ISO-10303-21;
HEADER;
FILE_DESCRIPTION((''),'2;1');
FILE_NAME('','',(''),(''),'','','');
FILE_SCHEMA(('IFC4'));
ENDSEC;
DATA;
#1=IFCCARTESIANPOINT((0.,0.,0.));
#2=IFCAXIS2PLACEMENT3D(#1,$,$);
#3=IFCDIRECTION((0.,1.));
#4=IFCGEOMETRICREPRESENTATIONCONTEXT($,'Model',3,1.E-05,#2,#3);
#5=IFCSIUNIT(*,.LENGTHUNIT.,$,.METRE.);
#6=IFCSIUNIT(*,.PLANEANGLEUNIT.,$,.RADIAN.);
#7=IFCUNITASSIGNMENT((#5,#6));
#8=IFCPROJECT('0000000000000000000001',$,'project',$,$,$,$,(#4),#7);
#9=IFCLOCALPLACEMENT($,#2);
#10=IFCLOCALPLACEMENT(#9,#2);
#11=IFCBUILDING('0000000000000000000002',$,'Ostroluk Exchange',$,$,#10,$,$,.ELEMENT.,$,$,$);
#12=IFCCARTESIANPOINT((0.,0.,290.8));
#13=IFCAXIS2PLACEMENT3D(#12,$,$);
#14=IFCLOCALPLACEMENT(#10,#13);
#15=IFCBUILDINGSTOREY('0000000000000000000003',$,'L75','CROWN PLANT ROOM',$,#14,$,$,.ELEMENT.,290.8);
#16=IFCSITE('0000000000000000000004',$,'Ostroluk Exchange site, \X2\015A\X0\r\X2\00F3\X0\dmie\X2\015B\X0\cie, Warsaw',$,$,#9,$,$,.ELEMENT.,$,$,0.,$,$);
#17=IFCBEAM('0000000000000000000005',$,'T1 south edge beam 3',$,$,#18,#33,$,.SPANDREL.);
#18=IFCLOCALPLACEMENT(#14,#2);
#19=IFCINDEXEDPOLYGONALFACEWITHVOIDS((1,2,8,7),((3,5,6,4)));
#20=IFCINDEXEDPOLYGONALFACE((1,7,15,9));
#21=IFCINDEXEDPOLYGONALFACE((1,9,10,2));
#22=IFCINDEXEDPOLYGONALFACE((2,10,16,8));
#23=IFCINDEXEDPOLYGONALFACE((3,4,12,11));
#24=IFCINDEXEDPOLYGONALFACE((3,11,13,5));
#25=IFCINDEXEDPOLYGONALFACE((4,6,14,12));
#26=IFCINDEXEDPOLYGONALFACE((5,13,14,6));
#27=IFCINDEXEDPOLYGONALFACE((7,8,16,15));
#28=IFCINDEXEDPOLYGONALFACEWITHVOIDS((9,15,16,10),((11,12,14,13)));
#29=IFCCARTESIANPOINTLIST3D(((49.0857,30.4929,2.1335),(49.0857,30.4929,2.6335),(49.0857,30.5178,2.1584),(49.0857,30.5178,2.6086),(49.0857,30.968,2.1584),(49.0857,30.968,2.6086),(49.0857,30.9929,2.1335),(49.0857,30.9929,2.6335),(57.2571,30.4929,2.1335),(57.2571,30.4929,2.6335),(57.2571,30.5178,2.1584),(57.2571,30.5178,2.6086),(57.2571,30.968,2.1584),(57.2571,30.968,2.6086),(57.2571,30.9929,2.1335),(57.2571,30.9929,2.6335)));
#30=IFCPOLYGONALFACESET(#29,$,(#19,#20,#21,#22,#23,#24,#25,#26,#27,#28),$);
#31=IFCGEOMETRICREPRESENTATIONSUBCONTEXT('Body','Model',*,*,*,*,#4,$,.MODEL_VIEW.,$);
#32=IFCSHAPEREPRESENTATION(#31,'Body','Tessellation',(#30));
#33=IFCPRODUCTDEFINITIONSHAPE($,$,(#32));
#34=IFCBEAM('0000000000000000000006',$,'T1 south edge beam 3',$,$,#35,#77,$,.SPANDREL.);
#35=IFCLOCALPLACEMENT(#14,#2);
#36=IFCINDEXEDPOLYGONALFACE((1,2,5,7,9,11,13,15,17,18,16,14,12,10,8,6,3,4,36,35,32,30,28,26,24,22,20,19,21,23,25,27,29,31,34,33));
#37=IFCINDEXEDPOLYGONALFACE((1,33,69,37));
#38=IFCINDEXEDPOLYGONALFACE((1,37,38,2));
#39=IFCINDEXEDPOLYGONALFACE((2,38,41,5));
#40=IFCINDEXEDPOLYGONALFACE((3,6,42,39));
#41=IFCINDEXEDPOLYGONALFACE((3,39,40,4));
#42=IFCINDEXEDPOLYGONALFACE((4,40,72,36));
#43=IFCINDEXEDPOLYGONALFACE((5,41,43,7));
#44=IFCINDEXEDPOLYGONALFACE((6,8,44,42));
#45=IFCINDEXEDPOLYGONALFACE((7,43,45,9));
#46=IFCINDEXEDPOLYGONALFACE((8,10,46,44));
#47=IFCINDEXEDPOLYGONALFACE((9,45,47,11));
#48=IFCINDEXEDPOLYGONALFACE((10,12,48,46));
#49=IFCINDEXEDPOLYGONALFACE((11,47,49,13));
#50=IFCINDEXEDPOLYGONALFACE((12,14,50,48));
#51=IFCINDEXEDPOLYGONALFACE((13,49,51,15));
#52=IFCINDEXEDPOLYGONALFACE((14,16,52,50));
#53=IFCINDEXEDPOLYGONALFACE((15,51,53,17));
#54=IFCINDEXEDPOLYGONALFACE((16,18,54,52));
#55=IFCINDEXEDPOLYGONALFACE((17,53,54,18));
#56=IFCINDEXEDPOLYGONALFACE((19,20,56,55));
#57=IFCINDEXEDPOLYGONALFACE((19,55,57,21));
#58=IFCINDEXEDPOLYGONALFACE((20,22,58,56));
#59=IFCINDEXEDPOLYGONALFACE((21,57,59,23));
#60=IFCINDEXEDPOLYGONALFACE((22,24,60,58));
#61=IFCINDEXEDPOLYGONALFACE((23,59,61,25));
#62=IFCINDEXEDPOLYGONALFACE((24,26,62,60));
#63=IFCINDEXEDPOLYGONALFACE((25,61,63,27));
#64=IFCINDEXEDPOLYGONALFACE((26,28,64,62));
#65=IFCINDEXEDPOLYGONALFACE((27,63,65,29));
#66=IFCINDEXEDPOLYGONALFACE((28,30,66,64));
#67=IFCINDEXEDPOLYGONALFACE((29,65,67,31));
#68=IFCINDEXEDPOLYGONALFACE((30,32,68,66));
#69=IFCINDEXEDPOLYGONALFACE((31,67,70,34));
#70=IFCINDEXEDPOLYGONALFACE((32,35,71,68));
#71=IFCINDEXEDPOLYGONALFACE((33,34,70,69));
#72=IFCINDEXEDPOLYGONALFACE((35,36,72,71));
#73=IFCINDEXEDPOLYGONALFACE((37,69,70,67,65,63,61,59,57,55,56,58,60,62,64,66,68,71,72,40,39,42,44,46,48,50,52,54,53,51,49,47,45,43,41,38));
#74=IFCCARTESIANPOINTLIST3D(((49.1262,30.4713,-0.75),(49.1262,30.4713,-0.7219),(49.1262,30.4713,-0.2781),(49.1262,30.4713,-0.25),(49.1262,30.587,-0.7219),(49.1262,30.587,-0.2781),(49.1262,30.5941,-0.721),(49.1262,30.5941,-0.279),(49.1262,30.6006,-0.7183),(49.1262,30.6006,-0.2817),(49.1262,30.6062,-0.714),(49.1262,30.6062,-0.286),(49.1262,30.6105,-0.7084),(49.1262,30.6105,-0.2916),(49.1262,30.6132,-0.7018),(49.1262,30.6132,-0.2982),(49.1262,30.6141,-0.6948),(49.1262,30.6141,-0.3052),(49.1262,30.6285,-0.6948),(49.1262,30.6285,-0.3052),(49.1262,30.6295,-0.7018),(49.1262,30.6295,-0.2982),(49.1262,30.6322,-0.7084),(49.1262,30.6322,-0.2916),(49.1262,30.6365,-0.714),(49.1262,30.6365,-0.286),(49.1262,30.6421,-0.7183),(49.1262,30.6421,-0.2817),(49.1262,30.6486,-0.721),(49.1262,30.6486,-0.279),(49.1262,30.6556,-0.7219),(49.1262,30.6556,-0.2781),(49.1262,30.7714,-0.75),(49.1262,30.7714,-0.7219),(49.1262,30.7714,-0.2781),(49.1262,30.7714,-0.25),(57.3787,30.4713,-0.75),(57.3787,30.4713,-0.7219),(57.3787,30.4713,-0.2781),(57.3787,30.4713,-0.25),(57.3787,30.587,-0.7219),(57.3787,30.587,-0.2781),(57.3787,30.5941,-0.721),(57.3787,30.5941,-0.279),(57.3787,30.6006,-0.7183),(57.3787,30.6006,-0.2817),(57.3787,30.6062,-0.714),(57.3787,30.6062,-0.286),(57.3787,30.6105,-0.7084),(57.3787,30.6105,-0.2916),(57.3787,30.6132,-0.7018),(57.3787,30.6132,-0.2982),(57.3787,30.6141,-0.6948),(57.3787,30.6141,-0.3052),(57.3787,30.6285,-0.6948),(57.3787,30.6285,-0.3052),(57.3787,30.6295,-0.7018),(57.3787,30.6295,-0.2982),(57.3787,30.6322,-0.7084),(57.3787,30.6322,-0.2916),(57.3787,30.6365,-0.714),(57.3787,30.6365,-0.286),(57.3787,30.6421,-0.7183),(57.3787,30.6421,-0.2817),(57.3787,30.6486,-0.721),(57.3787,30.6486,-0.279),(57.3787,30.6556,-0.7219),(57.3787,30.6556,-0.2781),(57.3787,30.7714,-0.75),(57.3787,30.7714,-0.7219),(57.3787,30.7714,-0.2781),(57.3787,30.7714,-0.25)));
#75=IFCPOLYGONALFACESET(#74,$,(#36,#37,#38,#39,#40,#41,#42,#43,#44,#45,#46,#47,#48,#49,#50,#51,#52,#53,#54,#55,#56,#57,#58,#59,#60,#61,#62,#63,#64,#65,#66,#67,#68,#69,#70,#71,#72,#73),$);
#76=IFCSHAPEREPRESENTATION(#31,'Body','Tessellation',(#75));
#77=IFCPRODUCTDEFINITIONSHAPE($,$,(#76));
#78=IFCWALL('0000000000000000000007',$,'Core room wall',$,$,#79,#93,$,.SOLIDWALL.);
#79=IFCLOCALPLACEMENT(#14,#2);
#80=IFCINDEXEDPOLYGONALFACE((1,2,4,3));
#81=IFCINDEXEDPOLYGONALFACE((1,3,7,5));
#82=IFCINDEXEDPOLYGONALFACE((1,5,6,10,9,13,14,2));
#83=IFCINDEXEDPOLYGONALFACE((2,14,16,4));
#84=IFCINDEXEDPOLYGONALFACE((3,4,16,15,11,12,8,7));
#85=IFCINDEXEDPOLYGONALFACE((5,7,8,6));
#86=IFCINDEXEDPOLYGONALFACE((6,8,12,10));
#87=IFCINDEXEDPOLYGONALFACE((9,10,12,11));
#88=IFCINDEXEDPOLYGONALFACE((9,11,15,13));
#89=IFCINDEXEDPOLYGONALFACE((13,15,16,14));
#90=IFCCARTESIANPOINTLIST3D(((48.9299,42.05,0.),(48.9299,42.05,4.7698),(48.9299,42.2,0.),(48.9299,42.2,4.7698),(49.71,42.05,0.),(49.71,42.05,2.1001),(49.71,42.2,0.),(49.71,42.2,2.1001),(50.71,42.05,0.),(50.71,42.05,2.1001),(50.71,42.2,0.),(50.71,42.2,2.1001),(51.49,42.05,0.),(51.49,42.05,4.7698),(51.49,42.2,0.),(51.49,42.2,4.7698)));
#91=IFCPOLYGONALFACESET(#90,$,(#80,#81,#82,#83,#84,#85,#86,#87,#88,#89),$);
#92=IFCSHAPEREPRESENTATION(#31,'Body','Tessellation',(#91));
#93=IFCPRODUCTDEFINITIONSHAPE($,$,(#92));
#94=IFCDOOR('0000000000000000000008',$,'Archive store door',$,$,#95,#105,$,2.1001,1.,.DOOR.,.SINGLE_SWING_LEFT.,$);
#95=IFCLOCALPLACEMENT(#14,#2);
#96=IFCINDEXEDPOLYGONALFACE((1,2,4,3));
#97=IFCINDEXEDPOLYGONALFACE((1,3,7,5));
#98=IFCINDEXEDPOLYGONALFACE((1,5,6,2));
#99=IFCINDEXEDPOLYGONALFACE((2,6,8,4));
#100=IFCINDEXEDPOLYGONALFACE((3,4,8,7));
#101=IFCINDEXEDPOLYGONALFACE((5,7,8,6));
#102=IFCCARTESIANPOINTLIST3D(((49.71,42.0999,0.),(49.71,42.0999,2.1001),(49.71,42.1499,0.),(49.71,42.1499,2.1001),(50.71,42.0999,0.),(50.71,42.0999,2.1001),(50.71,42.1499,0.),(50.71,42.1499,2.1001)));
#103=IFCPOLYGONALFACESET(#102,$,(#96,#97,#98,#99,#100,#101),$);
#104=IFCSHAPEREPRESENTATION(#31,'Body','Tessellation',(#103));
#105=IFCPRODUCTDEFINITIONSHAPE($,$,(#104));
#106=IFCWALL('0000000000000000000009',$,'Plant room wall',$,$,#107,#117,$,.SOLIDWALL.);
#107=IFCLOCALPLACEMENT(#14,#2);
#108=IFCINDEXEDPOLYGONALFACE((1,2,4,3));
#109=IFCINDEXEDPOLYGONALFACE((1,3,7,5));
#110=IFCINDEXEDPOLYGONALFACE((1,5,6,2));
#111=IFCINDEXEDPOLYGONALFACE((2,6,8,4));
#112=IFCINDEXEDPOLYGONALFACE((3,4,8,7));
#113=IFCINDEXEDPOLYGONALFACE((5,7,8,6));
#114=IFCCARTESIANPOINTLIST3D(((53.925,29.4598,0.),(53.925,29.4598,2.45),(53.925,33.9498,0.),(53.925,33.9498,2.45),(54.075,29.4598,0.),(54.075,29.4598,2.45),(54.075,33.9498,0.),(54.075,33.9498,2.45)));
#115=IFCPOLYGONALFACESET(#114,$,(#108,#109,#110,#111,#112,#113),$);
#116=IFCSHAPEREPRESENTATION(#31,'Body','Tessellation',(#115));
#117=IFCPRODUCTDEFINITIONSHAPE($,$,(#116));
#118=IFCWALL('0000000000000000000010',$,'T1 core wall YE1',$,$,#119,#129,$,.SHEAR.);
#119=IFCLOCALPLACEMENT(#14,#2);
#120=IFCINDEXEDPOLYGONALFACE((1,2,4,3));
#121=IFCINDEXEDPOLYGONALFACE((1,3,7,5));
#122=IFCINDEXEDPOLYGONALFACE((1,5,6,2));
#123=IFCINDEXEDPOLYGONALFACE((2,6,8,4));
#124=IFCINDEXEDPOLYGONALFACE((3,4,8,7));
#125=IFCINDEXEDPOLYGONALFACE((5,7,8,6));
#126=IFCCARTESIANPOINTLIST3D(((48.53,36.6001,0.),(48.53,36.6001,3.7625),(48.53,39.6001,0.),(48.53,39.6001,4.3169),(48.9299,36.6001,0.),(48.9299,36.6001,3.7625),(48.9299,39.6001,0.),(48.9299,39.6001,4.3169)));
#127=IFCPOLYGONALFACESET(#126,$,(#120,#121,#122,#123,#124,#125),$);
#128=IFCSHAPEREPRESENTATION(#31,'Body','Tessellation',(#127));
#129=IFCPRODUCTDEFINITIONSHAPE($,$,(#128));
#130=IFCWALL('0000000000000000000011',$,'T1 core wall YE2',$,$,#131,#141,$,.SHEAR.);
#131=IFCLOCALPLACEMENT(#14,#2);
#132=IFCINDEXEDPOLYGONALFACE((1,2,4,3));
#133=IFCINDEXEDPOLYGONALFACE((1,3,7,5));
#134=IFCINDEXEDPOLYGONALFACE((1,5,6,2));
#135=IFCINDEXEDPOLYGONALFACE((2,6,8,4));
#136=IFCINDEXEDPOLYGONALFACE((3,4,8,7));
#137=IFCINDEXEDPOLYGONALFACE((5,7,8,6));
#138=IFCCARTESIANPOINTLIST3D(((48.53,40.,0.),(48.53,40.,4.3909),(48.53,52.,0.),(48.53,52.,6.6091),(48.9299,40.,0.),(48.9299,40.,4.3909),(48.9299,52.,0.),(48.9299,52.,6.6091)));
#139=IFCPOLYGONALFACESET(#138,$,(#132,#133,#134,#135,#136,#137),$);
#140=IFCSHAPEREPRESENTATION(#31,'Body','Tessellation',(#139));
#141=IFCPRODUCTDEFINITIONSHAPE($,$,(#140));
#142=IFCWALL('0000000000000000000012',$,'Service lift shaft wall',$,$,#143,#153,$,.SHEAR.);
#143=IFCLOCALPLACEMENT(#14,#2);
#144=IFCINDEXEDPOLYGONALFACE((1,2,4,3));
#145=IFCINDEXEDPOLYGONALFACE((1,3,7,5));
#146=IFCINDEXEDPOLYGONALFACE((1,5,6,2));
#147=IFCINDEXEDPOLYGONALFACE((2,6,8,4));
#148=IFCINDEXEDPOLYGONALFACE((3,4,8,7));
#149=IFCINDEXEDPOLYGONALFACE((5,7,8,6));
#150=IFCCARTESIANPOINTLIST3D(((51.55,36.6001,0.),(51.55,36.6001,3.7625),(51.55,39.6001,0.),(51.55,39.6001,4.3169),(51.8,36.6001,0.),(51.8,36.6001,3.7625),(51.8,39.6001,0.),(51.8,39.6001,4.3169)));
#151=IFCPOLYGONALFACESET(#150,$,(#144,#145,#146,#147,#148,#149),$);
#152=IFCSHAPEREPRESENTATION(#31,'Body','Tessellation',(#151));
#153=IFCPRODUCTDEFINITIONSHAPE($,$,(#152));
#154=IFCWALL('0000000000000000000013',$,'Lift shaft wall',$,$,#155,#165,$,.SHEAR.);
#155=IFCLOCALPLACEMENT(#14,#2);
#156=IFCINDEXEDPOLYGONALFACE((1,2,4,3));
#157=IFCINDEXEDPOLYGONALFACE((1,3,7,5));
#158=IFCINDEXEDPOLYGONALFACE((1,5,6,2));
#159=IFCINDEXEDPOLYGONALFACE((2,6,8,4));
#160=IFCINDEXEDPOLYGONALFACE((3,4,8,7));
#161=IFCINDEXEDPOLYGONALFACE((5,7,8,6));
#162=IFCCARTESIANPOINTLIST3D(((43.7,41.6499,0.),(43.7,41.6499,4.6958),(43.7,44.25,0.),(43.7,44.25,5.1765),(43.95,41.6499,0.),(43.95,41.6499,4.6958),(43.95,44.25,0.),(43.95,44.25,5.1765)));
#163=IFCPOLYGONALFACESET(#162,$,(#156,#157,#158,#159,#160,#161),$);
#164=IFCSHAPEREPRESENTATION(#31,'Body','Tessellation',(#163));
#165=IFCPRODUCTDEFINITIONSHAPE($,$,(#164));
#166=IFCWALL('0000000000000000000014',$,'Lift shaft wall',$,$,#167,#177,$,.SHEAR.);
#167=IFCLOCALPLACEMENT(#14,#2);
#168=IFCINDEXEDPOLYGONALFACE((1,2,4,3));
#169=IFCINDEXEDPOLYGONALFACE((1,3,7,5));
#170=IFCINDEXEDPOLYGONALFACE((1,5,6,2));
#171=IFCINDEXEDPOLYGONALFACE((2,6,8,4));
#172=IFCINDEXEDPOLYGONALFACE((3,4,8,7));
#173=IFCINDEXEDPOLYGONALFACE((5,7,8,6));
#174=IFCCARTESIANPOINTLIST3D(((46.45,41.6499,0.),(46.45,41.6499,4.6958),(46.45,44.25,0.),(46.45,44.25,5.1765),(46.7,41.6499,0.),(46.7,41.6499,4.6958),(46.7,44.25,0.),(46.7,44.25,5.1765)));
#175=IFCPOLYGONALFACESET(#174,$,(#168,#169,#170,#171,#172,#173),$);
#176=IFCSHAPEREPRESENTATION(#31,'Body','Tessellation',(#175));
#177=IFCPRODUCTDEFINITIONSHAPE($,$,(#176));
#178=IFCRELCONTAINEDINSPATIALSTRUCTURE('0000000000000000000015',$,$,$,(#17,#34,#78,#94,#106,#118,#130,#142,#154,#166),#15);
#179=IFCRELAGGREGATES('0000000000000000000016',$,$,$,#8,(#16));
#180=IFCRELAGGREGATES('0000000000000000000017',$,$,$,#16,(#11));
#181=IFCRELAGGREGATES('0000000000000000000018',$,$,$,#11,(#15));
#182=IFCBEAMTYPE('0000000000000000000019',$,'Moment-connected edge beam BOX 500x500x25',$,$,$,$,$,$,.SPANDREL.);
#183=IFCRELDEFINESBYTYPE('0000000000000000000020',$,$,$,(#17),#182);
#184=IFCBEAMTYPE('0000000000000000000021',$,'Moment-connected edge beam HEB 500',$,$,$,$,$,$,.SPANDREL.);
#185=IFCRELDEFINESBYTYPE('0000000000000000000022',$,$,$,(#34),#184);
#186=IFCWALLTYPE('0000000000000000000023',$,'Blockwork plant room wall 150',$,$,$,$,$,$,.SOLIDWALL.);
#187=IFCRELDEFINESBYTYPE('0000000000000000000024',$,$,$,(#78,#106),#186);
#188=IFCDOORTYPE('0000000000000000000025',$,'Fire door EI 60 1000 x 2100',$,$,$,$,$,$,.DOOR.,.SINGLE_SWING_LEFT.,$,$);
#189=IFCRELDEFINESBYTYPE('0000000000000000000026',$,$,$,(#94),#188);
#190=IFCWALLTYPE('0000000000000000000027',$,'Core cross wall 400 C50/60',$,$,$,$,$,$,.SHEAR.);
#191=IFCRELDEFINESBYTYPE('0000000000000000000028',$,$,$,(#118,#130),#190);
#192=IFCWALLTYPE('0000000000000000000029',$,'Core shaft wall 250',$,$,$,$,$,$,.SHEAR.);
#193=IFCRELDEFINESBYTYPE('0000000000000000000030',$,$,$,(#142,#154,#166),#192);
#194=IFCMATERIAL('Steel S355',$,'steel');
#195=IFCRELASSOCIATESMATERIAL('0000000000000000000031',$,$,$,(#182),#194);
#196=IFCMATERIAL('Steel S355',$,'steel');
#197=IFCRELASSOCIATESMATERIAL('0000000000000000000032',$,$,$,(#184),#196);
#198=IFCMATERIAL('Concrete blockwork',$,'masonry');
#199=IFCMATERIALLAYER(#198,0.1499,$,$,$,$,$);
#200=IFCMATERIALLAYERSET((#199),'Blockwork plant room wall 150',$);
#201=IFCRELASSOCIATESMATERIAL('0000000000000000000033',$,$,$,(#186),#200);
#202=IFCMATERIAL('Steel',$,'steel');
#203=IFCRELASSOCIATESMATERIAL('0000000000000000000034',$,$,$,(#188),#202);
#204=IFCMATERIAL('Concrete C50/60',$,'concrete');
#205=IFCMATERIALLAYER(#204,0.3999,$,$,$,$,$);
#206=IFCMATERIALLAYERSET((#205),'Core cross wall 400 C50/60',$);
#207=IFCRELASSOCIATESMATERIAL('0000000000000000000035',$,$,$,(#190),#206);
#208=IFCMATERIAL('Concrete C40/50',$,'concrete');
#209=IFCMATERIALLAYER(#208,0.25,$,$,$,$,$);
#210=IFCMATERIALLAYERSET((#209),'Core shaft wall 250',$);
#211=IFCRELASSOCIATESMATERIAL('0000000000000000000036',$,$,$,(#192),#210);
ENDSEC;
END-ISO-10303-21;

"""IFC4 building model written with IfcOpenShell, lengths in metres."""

from ifc_helpers import new_model, si_unit, direction, frame, frame_2d, origin, origin_2d, place, context, subcontext, project, spatial, polyline, rectangle, hollow_rectangle, i_section, outline, extrude, material, layer, layer_set, material_profile, profile_set, type_object, element, fill, save


model = new_model("IFC4")

# Units and contexts
model_context = context("Model", 3, precision=1e-05, world=origin(), true_north=direction((0.0, 1.0)))
body_context = subcontext(model_context, "Body", "Model", "MODEL_VIEW")
ifc_project = project(units=[si_unit("LENGTHUNIT", "METRE"), si_unit("PLANEANGLEUNIT", "RADIAN")], contexts=[model_context])

# Site, building, storey
site_placement = place(None, origin())
site = spatial("IfcSite", under=ifc_project, at=site_placement, Name="Ostroluk Exchange site, Śródmieście, Warsaw", CompositionType="ELEMENT", RefElevation=0.0)
building_placement = place(site_placement, origin())
building = spatial("IfcBuilding", under=site, at=building_placement, Name="Ostroluk Exchange", CompositionType="ELEMENT")
storey_placement = place(building_placement, frame((0.0, 0.0, 290.8)))
storey = spatial("IfcBuildingStorey", under=building, at=storey_placement, Name="L75", Description="CROWN PLANT ROOM", CompositionType="ELEMENT", Elevation=290.8)

# Beams
ifc_material_1 = material(Name="Steel S355", Category="steel")
ifc_material_profile_1 = material_profile(ifc_material_1, hollow_rectangle(XDim=0.5, YDim=0.5, WallThickness=0.0249, at=origin_2d()), Name="BOX 500x500x25")
ifc_profile_set_1 = profile_set([ifc_material_profile_1], Name="Steel S355")
beam_type_1 = type_object("IfcBeamType", Name="Moment-connected edge beam BOX 500x500x25", PredefinedType="SPANDREL", material=ifc_profile_set_1)
beam_1_placement = place(storey_placement, frame((49.0857, 30.7429, 2.3835), z_axis=(1.0, 0.0, 0.0), x_axis=(0.0, 1.0, 0.0)))
element("IfcBeam", 1, at=beam_1_placement, inside=storey, type_object=beam_type_1, Name="T1 south edge beam 3", PredefinedType="SPANDREL", context=body_context, shape_type="SweptSolid", body=[
    extrude(hollow_rectangle(XDim=0.5, YDim=0.5, WallThickness=0.0249, at=origin_2d()), origin(), (0.0, 0.0, 1.0), 8.1714),
])
ifc_material_2 = material(Name="Steel S355", Category="steel")
ifc_material_profile_2 = material_profile(ifc_material_2, i_section(OverallWidth=0.3, OverallDepth=0.5, WebThickness=0.0144, FlangeThickness=0.0281, FilletRadius=0.0271, at=origin_2d()), Name="HEB 500")
ifc_profile_set_2 = profile_set([ifc_material_profile_2], Name="Steel S355")
beam_type_2 = type_object("IfcBeamType", Name="Moment-connected edge beam HEB 500", PredefinedType="SPANDREL", material=ifc_profile_set_2)
beam_2_placement = place(storey_placement, frame((49.1262, 30.6213, -0.5), z_axis=(1.0, 0.0, 0.0), x_axis=(0.0, 1.0, 0.0)))
element("IfcBeam", 2, at=beam_2_placement, inside=storey, type_object=beam_type_2, Name="T1 south edge beam 3", PredefinedType="SPANDREL", context=body_context, shape_type="SweptSolid", body=[
    extrude(i_section(OverallWidth=0.3, OverallDepth=0.5, WebThickness=0.0144, FlangeThickness=0.0281, FilletRadius=0.0271, at=origin_2d()), origin(), (0.0, 0.0, 1.0), 8.2524),
])

# Wall, opening, door
ifc_material_3 = material(Name="Concrete blockwork", Category="masonry")
ifc_layer_1 = layer(ifc_material_3, 0.1499)
ifc_layer_set_1 = layer_set([ifc_layer_1], Name="Blockwork plant room wall 150")
wall_type_1 = type_object("IfcWallType", Name="Blockwork plant room wall 150", PredefinedType="SOLIDWALL", material=ifc_layer_set_1)
wall_1_placement = place(storey_placement, frame((48.9299, 42.125, 0.0), z_axis=(0.0, 0.0, 1.0), x_axis=(1.0, 0.0, 0.0)))
wall_1 = element("IfcWall", 3, at=wall_1_placement, inside=storey, type_object=wall_type_1, Name="Core room wall", PredefinedType="SOLIDWALL", context=body_context, shape_type="SweptSolid", body=[
    extrude(rectangle(XDim=2.5601, YDim=0.1499, at=frame_2d((1.28, 0.0))), origin(), (0.0, 0.0, 1.0), 4.7698),
])
opening_1_placement = place(wall_1_placement, frame((0.78, 0.0, 0.0)))
opening_1 = element("IfcOpeningElement", 4, at=opening_1_placement, cuts=wall_1, PredefinedType="OPENING", context=body_context, shape_type="SweptSolid", body=[
    extrude(rectangle(XDim=1.0, YDim=2.1001, at=frame_2d((0.5, 1.05))), frame((0.0, 0.085, 0.0), z_axis=(0.0, -1.0, 0.0), x_axis=(1.0, 0.0, 0.0)), (0.0, 0.0, 1.0), 0.1699),
])
ifc_material_4 = material(Name="Steel", Category="steel")
door_type_1 = type_object("IfcDoorType", Name="Fire door EI 60 1000 x 2100", OperationType="SINGLE_SWING_LEFT", PredefinedType="DOOR", material=ifc_material_4)
door_1_placement = place(opening_1_placement, origin())
door_1 = element("IfcDoor", 5, at=door_1_placement, inside=storey, type_object=door_type_1, Name="Archive store door", OperationType="SINGLE_SWING_LEFT", OverallHeight=2.1001, OverallWidth=1.0, PredefinedType="DOOR", context=body_context, shape_type="SweptSolid", body=[
    extrude(rectangle(XDim=1.0, YDim=2.1001, at=frame_2d((0.5, 1.05))), frame((0.0, 0.0249, 0.0), z_axis=(0.0, -1.0, 0.0), x_axis=(1.0, 0.0, 0.0)), (0.0, 0.0, 1.0), 0.05),
])
fill(opening_1, door_1)

# Walls
wall_2_placement = place(storey_placement, frame((54.0, 33.95, 0.0), z_axis=(0.0, 0.0, 1.0), x_axis=(0.0, -1.0, 0.0)))
element("IfcWall", 6, at=wall_2_placement, inside=storey, type_object=wall_type_1, Name="Plant room wall", PredefinedType="SOLIDWALL", context=body_context, shape_type="SweptSolid", body=[
    extrude(rectangle(XDim=4.49, YDim=0.1499, at=frame_2d((2.2451, 0.0))), origin(), (0.0, 0.0, 1.0), 2.45),
])
ifc_material_5 = material(Name="Concrete C50/60", Category="concrete")
ifc_layer_2 = layer(ifc_material_5, 0.3999)
ifc_layer_set_2 = layer_set([ifc_layer_2], Name="Core cross wall 400 C50/60")
wall_type_2 = type_object("IfcWallType", Name="Core cross wall 400 C50/60", PredefinedType="SHEAR", material=ifc_layer_set_2)
wall_3_placement = place(storey_placement, frame((48.73, 36.6001, 0.0), z_axis=(0.0, 0.0, 1.0), x_axis=(0.0, 1.0, 0.0)))
element("IfcWall", 7, at=wall_3_placement, inside=storey, type_object=wall_type_2, Name="T1 core wall YE1", PredefinedType="SHEAR", context=body_context, shape_type="SweptSolid", body=[
    extrude(outline(polyline([(0.0, 0.0), (3.0, 0.0), (3.0, 4.3169), (0.0, 3.7625), (0.0, 0.0)])), frame((0.0, 0.2, 0.0), z_axis=(0.0, -1.0, 0.0), x_axis=(1.0, 0.0, 0.0)), (0.0, 0.0, 1.0), 0.3999),
])
wall_4_placement = place(storey_placement, frame((48.73, 40.0, 0.0), z_axis=(0.0, 0.0, 1.0), x_axis=(0.0, 1.0, 0.0)))
element("IfcWall", 8, at=wall_4_placement, inside=storey, type_object=wall_type_2, Name="T1 core wall YE2", PredefinedType="SHEAR", context=body_context, shape_type="SweptSolid", body=[
    extrude(outline(polyline([(0.0, 0.0), (12.0, 0.0), (12.0, 6.6091), (0.0, 4.3909), (0.0, 0.0)])), frame((0.0, 0.2, 0.0), z_axis=(0.0, -1.0, 0.0), x_axis=(1.0, 0.0, 0.0)), (0.0, 0.0, 1.0), 0.3999),
])
ifc_material_6 = material(Name="Concrete C40/50", Category="concrete")
ifc_layer_3 = layer(ifc_material_6, 0.25)
ifc_layer_set_3 = layer_set([ifc_layer_3], Name="Core shaft wall 250")
wall_type_3 = type_object("IfcWallType", Name="Core shaft wall 250", PredefinedType="SHEAR", material=ifc_layer_set_3)
wall_5_placement = place(storey_placement, frame((51.675, 36.6001, 0.0), z_axis=(0.0, 0.0, 1.0), x_axis=(0.0, 1.0, 0.0)))
element("IfcWall", 9, at=wall_5_placement, inside=storey, type_object=wall_type_3, Name="Service lift shaft wall", PredefinedType="SHEAR", context=body_context, shape_type="SweptSolid", body=[
    extrude(outline(polyline([(0.0, 0.0), (3.0, 0.0), (3.0, 4.3169), (0.0, 3.7625), (0.0, 0.0)])), frame((0.0, 0.125, 0.0), z_axis=(0.0, -1.0, 0.0), x_axis=(1.0, 0.0, 0.0)), (0.0, 0.0, 1.0), 0.25),
])
for number, where, z_axis, x_axis, name in (
    (10, (43.825, 44.25, 0.0), (0.0, 0.0, 1.0), (0.0, -1.0, 0.0), "Lift shaft wall"),
    (11, (46.575, 44.25, 0.0), (0.0, 0.0, 1.0), (0.0, -1.0, 0.0), "Lift shaft wall"),
):
    element("IfcWall", number, at=place(storey_placement, frame(where, z_axis=z_axis, x_axis=x_axis)), inside=storey, type_object=wall_type_3, Name=name, PredefinedType="SHEAR", context=body_context, shape_type="SweptSolid", body=[
        extrude(outline(polyline([(0.0, 0.0), (2.6001, 0.0), (2.6001, 4.6958), (0.0, 5.1765), (0.0, 0.0)])), frame((0.0, 0.125, 0.0), z_axis=(0.0, -1.0, 0.0), x_axis=(1.0, 0.0, 0.0)), (0.0, 0.0, 1.0), 0.25),
    ])

save(model, "model.ifc")
